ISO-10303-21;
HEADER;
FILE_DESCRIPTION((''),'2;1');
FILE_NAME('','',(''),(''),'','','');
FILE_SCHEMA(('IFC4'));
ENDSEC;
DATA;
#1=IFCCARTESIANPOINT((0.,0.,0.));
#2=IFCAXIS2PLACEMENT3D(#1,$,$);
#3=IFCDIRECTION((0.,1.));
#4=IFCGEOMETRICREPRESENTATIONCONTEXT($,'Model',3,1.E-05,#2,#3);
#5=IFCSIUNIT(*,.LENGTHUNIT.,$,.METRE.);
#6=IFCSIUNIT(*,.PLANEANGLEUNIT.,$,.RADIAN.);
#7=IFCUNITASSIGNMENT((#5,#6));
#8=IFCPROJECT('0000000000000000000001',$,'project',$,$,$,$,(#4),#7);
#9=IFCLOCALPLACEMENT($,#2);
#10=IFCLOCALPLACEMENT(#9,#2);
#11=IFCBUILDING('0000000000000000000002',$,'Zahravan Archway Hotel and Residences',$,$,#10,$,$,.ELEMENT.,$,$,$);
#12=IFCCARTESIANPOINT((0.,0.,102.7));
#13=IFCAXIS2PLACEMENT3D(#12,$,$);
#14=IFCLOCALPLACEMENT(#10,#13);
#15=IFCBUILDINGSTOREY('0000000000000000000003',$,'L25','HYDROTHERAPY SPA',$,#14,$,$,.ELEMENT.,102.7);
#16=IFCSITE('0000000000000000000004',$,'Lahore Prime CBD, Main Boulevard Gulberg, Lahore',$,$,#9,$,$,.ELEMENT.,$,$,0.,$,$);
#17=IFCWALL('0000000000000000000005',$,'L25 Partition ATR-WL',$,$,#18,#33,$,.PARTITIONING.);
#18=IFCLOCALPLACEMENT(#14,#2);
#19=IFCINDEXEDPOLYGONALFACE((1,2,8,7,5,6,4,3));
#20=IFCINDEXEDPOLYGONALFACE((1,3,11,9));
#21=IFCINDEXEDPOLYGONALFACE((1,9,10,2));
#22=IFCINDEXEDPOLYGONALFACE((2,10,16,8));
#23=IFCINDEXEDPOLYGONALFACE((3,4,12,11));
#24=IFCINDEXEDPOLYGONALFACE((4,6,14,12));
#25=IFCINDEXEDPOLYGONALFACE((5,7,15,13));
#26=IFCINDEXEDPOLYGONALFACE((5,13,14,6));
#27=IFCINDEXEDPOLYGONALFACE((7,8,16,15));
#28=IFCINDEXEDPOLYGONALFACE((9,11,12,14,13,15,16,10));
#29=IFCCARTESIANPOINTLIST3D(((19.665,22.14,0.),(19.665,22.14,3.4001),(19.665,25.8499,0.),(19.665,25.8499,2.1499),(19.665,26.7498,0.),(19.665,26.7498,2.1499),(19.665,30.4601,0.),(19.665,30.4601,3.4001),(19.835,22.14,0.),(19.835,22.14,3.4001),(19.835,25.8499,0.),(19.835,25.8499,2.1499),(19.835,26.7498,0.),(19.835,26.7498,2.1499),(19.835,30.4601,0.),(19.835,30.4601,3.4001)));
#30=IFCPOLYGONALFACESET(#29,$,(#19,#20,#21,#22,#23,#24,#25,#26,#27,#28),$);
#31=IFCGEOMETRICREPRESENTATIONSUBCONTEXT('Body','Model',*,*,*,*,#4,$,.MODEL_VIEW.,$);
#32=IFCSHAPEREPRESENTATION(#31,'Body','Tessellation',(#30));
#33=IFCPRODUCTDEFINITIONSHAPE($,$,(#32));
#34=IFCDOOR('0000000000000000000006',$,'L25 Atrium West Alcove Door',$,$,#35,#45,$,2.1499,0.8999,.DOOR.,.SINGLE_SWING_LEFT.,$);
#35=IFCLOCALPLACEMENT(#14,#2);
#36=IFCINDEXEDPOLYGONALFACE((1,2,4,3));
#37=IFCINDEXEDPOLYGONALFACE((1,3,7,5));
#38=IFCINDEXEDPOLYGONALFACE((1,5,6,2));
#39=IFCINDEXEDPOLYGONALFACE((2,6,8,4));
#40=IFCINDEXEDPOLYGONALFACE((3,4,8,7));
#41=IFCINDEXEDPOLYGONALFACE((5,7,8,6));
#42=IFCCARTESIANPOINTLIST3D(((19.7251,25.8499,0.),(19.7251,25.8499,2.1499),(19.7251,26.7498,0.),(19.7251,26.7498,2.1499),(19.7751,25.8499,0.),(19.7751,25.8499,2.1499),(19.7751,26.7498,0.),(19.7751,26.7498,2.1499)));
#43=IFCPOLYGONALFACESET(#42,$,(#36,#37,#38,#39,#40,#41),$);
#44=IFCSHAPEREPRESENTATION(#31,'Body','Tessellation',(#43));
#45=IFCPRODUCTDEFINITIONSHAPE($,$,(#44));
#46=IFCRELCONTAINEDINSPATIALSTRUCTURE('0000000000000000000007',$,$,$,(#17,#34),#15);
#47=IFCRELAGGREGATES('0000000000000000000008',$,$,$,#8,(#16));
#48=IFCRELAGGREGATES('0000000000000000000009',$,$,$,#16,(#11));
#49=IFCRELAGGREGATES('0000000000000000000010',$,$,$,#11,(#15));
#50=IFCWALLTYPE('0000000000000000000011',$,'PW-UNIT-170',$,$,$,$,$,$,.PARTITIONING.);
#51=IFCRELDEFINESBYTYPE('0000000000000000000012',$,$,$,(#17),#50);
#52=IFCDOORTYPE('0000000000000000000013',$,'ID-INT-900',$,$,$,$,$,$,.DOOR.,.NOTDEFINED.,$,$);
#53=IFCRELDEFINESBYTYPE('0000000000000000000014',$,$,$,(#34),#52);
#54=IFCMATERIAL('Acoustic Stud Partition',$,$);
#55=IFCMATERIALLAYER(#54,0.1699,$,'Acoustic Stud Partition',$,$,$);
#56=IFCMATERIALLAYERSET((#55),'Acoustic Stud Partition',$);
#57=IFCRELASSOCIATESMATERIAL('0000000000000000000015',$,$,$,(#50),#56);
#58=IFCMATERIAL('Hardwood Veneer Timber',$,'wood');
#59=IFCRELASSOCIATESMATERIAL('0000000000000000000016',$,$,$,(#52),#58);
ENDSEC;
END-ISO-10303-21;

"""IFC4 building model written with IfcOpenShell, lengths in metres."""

from ifc_helpers import new_model, si_unit, direction, frame, frame_2d, origin, place, context, subcontext, project, spatial, rectangle, extrude, source, transform, mapped, material, layer, layer_set, type_object, type_shapes, element, fill, save


model = new_model("IFC4")

# Units and contexts
model_context = context("Model", 3, precision=1e-05, world=origin(), true_north=direction((0.0, 1.0)))
body_context = subcontext(model_context, "Body", "Model", "MODEL_VIEW")
ifc_project = project(units=[si_unit("LENGTHUNIT", "METRE"), si_unit("PLANEANGLEUNIT", "RADIAN")], contexts=[model_context])

# Site, building, storey
site_placement = place(None, origin())
site = spatial("IfcSite", under=ifc_project, at=site_placement, Name="Lahore Prime CBD, Main Boulevard Gulberg, Lahore", CompositionType="ELEMENT", RefElevation=0.0)
building_placement = place(site_placement, origin())
building = spatial("IfcBuilding", under=site, at=building_placement, Name="Zahravan Archway Hotel and Residences", CompositionType="ELEMENT")
storey_placement = place(building_placement, frame((0.0, 0.0, 102.7)))
storey = spatial("IfcBuildingStorey", under=building, at=storey_placement, Name="L25", Description="HYDROTHERAPY SPA", CompositionType="ELEMENT", Elevation=102.7)

# Wall, opening, door
ifc_material_1 = material(Name="Acoustic Stud Partition")
ifc_layer_1 = layer(ifc_material_1, 0.1699, Name="Acoustic Stud Partition")
ifc_layer_set_1 = layer_set([ifc_layer_1], Name="Acoustic Stud Partition")
wall_type = type_object("IfcWallType", Name="PW-UNIT-170", PredefinedType="PARTITIONING", material=ifc_layer_set_1)
wall_placement = place(storey_placement, frame((19.75, 22.1399, 0.0), z_axis=(0.0, 0.0, 1.0), x_axis=(0.0, 1.0, 0.0)))
wall = element("IfcWall", 1, at=wall_placement, inside=storey, type_object=wall_type, Name="L25 Partition ATR-WL", PredefinedType="PARTITIONING", context=body_context, shape_type="SweptSolid", body=[
    extrude(rectangle(XDim=8.3201, YDim=0.1699, at=frame_2d((4.1602, 0.0))), origin(), (0.0, 0.0, 1.0), 3.4001),
])
opening_placement = place(wall_placement, frame((3.71, 0.0, 0.0)))
opening = element("IfcOpeningElement", 2, at=opening_placement, cuts=wall, PredefinedType="OPENING", context=body_context, shape_type="SweptSolid", body=[
    extrude(rectangle(XDim=0.8999, YDim=2.1499, at=frame_2d((0.45, 1.075))), frame((0.0, 0.095, 0.0), z_axis=(0.0, -1.0, 0.0), x_axis=(1.0, 0.0, 0.0)), (0.0, 0.0, 1.0), 0.1899),
])
ifc_material_2 = material(Name="Hardwood Veneer Timber", Category="wood")
door_type = type_object("IfcDoorType", Name="ID-INT-900", OperationType="NOTDEFINED", PredefinedType="DOOR", material=ifc_material_2)
shared_shape_1 = source(origin(), body_context, "Body", "SweptSolid", [
    extrude(rectangle(XDim=0.8999, YDim=2.1499, at=frame_2d((0.45, 1.075))), frame((0.0, 0.0249, 0.0), z_axis=(0.0, -1.0, 0.0), x_axis=(1.0, 0.0, 0.0)), (0.0, 0.0, 1.0), 0.05),
])
type_shapes(door_type, [shared_shape_1])
door_placement = place(opening_placement, origin())
door = element("IfcDoor", 3, at=door_placement, inside=storey, type_object=door_type, Name="L25 Atrium West Alcove Door", OperationType="SINGLE_SWING_LEFT", OverallHeight=2.1499, OverallWidth=0.8999, PredefinedType="DOOR", context=body_context, shape_type="MappedRepresentation", body=[
    mapped(shared_shape_1, transform((0.0, 0.0, 0.0), scale=1.0)),
])
fill(opening, door)

save(model, "model.ifc")
